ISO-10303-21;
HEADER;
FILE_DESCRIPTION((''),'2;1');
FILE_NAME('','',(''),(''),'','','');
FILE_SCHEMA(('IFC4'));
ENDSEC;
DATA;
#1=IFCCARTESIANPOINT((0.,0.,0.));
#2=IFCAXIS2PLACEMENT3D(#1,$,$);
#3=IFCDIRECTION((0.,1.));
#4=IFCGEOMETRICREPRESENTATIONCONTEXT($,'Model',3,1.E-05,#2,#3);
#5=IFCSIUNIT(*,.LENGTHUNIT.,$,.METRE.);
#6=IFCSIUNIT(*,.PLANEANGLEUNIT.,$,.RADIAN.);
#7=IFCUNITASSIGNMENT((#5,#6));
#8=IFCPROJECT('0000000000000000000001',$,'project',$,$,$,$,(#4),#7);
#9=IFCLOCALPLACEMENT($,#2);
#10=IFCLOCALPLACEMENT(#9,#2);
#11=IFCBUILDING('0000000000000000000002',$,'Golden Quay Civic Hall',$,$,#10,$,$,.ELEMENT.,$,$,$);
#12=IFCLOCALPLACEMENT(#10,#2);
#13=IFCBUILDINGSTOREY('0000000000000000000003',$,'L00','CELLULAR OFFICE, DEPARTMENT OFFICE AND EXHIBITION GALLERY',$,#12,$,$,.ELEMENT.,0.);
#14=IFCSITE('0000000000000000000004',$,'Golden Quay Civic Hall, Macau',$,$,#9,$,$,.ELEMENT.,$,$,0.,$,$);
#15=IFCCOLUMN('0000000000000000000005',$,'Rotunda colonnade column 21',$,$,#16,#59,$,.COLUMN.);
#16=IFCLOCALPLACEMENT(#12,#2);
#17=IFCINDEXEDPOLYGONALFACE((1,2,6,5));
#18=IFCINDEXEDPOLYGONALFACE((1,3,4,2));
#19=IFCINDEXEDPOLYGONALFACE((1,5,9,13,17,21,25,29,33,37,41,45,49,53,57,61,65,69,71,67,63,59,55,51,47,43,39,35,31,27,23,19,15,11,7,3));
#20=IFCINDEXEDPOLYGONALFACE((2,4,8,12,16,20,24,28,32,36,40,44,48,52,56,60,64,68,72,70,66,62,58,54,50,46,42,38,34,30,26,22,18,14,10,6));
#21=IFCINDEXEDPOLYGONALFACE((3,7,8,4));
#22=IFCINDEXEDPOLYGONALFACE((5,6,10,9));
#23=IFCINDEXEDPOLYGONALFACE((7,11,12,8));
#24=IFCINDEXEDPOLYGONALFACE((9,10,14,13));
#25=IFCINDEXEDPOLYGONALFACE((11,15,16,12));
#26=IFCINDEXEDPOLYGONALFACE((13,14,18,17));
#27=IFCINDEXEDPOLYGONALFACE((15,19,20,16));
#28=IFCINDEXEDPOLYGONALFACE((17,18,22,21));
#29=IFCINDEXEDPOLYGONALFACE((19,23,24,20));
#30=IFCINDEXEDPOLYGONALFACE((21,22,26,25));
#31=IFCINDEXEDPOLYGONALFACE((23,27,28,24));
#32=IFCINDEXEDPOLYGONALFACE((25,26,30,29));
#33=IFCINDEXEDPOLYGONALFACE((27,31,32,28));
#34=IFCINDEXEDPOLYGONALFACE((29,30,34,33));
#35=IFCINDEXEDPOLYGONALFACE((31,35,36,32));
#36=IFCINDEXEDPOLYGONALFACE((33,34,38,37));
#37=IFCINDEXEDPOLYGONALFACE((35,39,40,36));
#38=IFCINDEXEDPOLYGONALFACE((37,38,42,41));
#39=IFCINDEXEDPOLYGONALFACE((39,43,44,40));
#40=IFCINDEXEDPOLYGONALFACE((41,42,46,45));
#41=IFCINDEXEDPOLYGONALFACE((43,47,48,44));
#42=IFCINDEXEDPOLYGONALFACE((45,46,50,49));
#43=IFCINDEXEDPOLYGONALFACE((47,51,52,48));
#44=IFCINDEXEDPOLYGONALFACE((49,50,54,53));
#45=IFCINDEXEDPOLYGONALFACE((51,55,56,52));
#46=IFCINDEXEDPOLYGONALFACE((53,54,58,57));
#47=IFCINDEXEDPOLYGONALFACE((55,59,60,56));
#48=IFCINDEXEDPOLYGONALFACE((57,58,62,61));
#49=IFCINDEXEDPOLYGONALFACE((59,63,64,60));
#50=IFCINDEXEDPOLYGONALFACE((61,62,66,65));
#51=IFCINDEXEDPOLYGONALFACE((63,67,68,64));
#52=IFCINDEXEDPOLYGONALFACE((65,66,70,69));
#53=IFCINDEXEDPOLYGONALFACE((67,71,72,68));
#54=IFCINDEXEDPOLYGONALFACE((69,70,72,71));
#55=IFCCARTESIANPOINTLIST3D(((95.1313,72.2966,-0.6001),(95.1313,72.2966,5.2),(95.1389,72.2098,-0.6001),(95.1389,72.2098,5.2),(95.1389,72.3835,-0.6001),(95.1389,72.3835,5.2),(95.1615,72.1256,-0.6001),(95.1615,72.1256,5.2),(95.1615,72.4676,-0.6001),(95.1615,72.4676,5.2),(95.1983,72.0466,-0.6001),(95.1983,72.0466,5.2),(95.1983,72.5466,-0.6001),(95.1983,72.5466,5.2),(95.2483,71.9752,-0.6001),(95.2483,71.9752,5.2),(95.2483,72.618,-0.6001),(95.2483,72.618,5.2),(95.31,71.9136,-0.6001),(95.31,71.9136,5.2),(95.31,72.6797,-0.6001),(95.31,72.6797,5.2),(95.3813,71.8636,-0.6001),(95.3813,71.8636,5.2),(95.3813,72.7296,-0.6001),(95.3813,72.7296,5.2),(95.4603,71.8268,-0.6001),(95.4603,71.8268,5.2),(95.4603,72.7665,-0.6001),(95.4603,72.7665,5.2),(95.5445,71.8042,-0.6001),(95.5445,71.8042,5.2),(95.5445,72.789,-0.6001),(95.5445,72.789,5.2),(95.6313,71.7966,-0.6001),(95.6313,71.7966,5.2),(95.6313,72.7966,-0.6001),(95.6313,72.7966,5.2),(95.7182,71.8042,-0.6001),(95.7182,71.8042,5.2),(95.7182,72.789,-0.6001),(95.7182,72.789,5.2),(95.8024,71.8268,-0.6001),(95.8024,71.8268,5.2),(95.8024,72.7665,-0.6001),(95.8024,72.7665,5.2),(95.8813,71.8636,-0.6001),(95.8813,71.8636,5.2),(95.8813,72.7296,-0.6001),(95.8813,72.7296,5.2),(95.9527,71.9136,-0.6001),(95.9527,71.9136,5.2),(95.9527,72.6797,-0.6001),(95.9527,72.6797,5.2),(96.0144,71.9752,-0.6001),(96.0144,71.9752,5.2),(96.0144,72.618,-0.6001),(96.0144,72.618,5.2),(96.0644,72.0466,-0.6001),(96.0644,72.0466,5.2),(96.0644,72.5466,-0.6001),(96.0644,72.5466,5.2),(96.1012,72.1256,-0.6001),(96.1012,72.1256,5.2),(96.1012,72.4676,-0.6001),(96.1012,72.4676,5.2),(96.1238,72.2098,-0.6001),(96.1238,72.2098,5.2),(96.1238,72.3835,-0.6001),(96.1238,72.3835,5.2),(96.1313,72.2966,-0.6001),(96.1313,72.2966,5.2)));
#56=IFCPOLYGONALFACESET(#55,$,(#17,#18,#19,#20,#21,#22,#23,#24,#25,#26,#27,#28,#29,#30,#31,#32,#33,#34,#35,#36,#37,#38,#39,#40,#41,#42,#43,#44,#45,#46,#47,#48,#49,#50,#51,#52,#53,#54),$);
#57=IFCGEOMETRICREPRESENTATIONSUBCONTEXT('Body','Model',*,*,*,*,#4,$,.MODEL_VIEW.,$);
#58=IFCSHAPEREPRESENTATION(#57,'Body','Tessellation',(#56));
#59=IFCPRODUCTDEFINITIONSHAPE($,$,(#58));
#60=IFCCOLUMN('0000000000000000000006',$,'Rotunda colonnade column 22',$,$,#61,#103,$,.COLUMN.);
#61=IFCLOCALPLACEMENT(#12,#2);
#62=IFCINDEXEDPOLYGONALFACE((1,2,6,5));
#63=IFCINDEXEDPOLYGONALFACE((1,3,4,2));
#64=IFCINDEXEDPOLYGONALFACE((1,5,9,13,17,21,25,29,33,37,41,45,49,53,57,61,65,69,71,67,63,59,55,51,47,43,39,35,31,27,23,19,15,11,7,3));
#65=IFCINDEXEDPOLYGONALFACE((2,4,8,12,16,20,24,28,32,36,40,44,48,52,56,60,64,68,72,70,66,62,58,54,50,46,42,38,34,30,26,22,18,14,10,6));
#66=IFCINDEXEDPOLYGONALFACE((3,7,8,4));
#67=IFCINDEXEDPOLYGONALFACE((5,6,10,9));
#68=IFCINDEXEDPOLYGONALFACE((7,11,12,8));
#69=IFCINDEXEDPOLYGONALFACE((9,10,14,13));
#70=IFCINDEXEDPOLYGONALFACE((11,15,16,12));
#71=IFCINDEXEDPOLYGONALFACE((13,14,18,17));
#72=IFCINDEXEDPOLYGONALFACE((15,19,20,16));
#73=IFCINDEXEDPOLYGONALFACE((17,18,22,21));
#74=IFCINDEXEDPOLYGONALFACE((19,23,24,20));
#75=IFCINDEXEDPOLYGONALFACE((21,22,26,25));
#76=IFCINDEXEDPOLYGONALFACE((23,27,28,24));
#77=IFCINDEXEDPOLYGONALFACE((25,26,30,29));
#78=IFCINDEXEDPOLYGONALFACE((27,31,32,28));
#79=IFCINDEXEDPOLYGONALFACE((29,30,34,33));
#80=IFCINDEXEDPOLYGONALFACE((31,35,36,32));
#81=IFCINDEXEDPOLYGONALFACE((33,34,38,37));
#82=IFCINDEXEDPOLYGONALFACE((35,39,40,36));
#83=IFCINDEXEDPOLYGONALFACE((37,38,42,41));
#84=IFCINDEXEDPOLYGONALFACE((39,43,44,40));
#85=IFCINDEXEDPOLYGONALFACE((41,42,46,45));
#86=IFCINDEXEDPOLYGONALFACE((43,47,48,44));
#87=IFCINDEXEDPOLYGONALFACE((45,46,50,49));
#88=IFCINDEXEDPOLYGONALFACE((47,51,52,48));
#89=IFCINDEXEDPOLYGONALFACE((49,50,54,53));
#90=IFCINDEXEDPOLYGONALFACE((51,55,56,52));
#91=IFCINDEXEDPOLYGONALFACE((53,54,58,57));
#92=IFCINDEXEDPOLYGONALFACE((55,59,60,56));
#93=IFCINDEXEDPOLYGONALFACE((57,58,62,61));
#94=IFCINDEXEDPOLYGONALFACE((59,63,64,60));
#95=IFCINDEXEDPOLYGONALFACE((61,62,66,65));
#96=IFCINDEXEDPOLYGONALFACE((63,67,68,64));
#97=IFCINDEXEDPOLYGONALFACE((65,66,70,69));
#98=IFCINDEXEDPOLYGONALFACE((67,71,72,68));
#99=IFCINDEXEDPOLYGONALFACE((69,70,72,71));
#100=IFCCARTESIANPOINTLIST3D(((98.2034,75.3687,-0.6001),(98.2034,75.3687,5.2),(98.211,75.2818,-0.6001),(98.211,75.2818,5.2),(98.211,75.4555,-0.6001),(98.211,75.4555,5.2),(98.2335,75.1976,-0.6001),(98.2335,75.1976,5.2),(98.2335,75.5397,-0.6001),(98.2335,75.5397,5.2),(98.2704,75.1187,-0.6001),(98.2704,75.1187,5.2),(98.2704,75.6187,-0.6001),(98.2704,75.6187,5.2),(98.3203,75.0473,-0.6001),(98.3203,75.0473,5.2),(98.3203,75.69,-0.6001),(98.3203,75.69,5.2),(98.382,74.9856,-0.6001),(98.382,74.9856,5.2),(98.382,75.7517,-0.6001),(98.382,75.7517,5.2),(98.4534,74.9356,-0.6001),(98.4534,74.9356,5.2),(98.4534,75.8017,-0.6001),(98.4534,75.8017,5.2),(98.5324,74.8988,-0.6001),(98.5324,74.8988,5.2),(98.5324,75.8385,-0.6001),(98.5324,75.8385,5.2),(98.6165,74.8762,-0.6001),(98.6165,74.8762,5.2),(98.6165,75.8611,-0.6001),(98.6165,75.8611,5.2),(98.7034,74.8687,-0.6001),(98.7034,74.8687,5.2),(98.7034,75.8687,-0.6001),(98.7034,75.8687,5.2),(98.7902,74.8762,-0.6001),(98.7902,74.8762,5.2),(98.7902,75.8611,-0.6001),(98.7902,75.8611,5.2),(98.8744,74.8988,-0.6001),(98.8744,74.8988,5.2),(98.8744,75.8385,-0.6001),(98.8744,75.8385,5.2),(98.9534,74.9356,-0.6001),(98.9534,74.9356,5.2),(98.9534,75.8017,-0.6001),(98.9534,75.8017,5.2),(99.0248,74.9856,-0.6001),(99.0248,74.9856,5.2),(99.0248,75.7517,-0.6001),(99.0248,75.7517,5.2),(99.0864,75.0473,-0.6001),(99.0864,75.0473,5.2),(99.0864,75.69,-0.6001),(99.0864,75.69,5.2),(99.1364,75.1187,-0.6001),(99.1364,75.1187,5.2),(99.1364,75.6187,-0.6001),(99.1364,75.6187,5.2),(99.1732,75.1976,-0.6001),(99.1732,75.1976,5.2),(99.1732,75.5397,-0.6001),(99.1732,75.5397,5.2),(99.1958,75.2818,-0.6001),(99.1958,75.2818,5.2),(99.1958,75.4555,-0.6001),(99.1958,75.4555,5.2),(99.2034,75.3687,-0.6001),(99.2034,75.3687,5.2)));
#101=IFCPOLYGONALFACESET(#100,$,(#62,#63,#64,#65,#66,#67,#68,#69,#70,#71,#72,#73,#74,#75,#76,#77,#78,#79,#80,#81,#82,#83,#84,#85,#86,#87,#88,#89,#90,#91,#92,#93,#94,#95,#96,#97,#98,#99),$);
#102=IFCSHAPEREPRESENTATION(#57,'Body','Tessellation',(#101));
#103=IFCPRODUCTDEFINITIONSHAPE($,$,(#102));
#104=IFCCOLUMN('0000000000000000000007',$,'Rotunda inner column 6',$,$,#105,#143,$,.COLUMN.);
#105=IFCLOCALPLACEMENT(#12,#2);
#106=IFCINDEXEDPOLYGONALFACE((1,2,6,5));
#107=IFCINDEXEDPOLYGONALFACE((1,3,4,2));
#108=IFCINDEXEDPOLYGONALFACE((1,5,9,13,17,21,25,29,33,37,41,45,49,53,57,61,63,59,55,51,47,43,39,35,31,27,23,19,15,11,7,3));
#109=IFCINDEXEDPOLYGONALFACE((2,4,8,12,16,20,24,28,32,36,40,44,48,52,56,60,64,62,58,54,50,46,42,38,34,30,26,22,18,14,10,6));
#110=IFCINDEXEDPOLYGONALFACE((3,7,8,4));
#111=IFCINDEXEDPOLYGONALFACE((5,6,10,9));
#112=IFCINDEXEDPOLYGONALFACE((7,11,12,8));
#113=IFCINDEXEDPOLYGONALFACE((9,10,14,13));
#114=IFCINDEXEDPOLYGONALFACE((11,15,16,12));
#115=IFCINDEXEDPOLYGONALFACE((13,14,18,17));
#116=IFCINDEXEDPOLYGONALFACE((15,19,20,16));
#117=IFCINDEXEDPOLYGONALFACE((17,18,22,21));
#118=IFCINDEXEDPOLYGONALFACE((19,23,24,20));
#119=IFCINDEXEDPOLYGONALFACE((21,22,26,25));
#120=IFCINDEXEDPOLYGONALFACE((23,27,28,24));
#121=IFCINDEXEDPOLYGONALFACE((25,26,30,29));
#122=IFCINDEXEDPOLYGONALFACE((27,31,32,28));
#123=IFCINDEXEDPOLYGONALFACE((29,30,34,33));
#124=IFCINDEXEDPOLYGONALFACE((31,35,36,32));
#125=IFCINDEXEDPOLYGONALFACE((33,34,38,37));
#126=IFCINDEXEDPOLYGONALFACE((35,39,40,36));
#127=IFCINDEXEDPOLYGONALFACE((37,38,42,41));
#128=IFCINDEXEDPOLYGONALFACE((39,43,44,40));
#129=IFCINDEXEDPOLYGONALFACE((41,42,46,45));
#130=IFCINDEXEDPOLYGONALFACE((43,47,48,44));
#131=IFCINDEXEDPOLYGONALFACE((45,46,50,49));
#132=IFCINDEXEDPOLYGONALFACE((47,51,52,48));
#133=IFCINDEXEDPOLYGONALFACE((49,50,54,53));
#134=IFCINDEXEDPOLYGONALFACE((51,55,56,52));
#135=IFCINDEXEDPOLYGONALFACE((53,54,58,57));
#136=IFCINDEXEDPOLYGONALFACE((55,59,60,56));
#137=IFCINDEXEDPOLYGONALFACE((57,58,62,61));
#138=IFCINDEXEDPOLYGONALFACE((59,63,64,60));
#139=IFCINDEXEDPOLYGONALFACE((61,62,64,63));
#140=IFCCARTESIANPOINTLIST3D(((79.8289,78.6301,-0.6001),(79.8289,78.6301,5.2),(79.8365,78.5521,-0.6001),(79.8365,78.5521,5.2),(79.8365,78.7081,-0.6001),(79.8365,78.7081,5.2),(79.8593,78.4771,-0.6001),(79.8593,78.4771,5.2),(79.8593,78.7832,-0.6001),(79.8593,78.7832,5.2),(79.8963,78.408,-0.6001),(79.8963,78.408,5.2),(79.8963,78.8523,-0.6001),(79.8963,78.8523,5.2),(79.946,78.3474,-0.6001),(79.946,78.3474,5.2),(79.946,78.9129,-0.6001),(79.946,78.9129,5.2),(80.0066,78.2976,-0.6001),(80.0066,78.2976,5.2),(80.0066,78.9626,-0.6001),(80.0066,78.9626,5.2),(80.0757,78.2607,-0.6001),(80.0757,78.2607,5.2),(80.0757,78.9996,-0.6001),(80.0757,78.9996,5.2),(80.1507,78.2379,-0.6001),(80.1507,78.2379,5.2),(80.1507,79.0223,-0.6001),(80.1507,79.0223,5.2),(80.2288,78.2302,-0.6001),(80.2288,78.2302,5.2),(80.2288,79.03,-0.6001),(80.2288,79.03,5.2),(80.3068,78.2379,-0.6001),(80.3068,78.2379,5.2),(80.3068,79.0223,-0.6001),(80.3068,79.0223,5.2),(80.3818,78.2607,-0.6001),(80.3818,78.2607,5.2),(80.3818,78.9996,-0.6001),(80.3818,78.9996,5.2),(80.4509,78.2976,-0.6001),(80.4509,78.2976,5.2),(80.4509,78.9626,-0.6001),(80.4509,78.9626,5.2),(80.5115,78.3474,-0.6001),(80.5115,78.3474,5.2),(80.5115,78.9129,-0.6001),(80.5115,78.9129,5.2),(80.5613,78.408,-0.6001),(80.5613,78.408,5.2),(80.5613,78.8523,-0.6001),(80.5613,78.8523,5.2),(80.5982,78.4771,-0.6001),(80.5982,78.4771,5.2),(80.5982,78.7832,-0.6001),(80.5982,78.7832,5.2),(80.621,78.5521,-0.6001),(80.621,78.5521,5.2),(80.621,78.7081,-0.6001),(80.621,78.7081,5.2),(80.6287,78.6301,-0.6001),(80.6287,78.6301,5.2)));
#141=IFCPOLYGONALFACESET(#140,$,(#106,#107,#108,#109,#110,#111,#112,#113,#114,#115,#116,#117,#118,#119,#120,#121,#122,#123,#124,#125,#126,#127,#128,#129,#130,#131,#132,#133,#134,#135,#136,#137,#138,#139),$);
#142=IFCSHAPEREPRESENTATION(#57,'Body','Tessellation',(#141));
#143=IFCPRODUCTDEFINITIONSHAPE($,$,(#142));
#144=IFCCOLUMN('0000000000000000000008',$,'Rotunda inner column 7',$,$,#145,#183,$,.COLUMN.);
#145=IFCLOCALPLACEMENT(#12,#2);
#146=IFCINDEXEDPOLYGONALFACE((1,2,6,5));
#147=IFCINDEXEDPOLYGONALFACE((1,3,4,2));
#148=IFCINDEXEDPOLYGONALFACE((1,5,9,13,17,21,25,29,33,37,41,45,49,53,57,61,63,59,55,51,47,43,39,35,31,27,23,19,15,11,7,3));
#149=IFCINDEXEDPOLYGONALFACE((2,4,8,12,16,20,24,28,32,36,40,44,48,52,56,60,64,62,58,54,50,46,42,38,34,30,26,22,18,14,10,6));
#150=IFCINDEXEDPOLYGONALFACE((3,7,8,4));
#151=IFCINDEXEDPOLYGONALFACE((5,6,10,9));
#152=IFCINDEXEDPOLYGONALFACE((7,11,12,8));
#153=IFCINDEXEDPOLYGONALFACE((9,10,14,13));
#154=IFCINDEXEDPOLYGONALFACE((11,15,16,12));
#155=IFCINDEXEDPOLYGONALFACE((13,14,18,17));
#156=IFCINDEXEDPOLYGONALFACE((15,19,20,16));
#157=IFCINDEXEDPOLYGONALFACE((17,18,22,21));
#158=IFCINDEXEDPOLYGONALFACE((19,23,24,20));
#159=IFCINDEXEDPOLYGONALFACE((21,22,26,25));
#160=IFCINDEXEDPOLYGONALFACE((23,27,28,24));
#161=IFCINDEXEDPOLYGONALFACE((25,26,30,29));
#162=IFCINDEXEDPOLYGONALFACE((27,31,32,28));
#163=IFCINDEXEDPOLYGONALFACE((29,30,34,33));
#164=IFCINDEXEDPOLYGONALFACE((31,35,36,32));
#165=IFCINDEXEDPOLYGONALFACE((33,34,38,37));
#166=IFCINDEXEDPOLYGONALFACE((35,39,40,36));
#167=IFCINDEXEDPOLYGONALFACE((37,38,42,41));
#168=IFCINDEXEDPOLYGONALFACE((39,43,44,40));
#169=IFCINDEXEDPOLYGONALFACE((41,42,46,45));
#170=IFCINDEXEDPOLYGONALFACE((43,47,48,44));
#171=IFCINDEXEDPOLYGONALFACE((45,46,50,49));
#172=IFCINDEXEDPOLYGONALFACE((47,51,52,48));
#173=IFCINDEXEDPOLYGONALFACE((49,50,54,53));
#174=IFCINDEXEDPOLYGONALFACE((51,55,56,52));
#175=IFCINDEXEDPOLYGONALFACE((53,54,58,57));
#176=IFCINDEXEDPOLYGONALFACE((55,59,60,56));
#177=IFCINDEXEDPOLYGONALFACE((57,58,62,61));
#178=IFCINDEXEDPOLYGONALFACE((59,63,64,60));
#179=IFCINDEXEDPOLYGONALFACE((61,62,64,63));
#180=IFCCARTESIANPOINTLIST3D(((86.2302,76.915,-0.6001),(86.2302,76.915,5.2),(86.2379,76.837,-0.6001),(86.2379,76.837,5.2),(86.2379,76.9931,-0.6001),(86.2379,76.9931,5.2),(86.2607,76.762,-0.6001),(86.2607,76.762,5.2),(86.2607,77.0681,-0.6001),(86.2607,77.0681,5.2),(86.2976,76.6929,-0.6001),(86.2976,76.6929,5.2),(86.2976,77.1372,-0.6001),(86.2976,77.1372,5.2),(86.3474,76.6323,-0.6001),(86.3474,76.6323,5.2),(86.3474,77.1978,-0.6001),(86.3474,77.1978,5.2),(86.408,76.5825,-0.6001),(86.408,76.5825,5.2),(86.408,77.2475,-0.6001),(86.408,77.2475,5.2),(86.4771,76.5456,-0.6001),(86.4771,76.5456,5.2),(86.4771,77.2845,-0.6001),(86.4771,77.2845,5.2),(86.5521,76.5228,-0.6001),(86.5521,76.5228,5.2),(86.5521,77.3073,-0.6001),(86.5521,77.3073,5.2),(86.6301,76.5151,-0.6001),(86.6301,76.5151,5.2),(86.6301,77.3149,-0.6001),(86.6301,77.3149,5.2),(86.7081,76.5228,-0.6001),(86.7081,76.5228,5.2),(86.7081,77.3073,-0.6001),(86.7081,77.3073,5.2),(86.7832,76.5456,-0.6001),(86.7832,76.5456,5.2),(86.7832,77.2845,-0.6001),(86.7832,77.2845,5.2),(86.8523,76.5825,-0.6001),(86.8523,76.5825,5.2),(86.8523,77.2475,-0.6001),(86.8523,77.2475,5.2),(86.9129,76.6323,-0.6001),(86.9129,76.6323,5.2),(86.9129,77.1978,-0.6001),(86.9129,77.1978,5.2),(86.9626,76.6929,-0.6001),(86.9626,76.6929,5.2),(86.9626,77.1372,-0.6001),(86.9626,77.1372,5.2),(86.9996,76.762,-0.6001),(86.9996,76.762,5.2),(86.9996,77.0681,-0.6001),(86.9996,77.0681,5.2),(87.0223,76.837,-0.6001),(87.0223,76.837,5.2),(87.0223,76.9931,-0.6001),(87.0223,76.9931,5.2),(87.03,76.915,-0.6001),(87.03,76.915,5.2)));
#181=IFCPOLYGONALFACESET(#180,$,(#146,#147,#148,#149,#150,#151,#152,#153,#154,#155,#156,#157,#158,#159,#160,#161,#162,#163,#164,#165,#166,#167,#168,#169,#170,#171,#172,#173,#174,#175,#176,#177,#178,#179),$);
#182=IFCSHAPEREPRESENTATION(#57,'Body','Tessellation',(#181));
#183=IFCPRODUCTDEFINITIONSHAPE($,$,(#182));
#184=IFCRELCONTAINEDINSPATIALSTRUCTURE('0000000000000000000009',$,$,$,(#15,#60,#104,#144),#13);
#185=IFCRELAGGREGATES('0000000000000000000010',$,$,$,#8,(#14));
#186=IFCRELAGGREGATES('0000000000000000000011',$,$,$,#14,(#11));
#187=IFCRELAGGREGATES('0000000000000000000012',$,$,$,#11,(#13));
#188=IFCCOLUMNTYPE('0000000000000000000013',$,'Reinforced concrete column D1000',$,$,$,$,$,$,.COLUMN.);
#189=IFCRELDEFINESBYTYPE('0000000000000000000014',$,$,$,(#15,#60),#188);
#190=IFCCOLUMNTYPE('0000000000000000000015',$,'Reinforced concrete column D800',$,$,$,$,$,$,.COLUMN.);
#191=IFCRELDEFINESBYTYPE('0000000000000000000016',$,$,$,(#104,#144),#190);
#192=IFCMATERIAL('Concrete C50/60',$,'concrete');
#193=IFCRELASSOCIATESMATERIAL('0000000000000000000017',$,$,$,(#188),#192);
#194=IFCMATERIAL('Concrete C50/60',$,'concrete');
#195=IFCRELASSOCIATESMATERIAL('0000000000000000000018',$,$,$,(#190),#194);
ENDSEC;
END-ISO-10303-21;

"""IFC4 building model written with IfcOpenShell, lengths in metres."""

from ifc_helpers import new_model, si_unit, direction, frame, origin, origin_2d, place, context, subcontext, project, spatial, circle, extrude, material, material_profile, profile_set, type_object, element, save


model = new_model("IFC4")

# Units and contexts
model_context = context("Model", 3, precision=1e-05, world=origin(), true_north=direction((0.0, 1.0)))
body_context = subcontext(model_context, "Body", "Model", "MODEL_VIEW")
ifc_project = project(units=[si_unit("LENGTHUNIT", "METRE"), si_unit("PLANEANGLEUNIT", "RADIAN")], contexts=[model_context])

# Site, building, storey
site_placement = place(None, origin())
site = spatial("IfcSite", under=ifc_project, at=site_placement, Name="Golden Quay Civic Hall, Macau", CompositionType="ELEMENT", RefElevation=0.0)
building_placement = place(site_placement, origin())
building = spatial("IfcBuilding", under=site, at=building_placement, Name="Golden Quay Civic Hall", CompositionType="ELEMENT")
storey_placement = place(building_placement, origin())
storey = spatial("IfcBuildingStorey", under=building, at=storey_placement, Name="L00", Description="CELLULAR OFFICE, DEPARTMENT OFFICE AND EXHIBITION GALLERY", CompositionType="ELEMENT", Elevation=0.0)

# Columns
ifc_material_1 = material(Name="Concrete C50/60", Category="concrete")
ifc_material_profile_1 = material_profile(ifc_material_1, circle(Radius=0.5, at=origin_2d()), Name="RC D1000")
ifc_profile_set_1 = profile_set([ifc_material_profile_1], Name="Concrete C50/60")
column_type_1 = type_object("IfcColumnType", Name="Reinforced concrete column D1000", PredefinedType="COLUMN", material=ifc_profile_set_1)
for number, where, z_axis, x_axis, name in (
    (1, (95.6313, 72.2966, -0.6001), (0.0, 0.0, 1.0), (1.0, 0.0, 0.0), "Rotunda colonnade column 21"),
    (2, (98.7034, 75.3687, -0.6001), (0.0, 0.0, 1.0), (1.0, 0.0, 0.0), "Rotunda colonnade column 22"),
):
    element("IfcColumn", number, at=place(storey_placement, frame(where, z_axis=z_axis, x_axis=x_axis)), inside=storey, type_object=column_type_1, Name=name, PredefinedType="COLUMN", context=body_context, shape_type="SweptSolid", body=[
        extrude(circle(Radius=0.5, at=origin_2d()), origin(), (0.0, 0.0, 1.0), 5.8),
    ])
ifc_material_2 = material(Name="Concrete C50/60", Category="concrete")
ifc_material_profile_2 = material_profile(ifc_material_2, circle(Radius=0.3999, at=origin_2d()), Name="RC D800")
ifc_profile_set_2 = profile_set([ifc_material_profile_2], Name="Concrete C50/60")
column_type_2 = type_object("IfcColumnType", Name="Reinforced concrete column D800", PredefinedType="COLUMN", material=ifc_profile_set_2)
for number, where, z_axis, x_axis, name in (
    (3, (80.2288, 78.6301, -0.6001), (0.0, 0.0, 1.0), (1.0, 0.0, 0.0), "Rotunda inner column 6"),
    (4, (86.6301, 76.915, -0.6001), (0.0, 0.0, 1.0), (1.0, 0.0, 0.0), "Rotunda inner column 7"),
):
    element("IfcColumn", number, at=place(storey_placement, frame(where, z_axis=z_axis, x_axis=x_axis)), inside=storey, type_object=column_type_2, Name=name, PredefinedType="COLUMN", context=body_context, shape_type="SweptSolid", body=[
        extrude(circle(Radius=0.3999, at=origin_2d()), origin(), (0.0, 0.0, 1.0), 5.8),
    ])

save(model, "model.ifc")
